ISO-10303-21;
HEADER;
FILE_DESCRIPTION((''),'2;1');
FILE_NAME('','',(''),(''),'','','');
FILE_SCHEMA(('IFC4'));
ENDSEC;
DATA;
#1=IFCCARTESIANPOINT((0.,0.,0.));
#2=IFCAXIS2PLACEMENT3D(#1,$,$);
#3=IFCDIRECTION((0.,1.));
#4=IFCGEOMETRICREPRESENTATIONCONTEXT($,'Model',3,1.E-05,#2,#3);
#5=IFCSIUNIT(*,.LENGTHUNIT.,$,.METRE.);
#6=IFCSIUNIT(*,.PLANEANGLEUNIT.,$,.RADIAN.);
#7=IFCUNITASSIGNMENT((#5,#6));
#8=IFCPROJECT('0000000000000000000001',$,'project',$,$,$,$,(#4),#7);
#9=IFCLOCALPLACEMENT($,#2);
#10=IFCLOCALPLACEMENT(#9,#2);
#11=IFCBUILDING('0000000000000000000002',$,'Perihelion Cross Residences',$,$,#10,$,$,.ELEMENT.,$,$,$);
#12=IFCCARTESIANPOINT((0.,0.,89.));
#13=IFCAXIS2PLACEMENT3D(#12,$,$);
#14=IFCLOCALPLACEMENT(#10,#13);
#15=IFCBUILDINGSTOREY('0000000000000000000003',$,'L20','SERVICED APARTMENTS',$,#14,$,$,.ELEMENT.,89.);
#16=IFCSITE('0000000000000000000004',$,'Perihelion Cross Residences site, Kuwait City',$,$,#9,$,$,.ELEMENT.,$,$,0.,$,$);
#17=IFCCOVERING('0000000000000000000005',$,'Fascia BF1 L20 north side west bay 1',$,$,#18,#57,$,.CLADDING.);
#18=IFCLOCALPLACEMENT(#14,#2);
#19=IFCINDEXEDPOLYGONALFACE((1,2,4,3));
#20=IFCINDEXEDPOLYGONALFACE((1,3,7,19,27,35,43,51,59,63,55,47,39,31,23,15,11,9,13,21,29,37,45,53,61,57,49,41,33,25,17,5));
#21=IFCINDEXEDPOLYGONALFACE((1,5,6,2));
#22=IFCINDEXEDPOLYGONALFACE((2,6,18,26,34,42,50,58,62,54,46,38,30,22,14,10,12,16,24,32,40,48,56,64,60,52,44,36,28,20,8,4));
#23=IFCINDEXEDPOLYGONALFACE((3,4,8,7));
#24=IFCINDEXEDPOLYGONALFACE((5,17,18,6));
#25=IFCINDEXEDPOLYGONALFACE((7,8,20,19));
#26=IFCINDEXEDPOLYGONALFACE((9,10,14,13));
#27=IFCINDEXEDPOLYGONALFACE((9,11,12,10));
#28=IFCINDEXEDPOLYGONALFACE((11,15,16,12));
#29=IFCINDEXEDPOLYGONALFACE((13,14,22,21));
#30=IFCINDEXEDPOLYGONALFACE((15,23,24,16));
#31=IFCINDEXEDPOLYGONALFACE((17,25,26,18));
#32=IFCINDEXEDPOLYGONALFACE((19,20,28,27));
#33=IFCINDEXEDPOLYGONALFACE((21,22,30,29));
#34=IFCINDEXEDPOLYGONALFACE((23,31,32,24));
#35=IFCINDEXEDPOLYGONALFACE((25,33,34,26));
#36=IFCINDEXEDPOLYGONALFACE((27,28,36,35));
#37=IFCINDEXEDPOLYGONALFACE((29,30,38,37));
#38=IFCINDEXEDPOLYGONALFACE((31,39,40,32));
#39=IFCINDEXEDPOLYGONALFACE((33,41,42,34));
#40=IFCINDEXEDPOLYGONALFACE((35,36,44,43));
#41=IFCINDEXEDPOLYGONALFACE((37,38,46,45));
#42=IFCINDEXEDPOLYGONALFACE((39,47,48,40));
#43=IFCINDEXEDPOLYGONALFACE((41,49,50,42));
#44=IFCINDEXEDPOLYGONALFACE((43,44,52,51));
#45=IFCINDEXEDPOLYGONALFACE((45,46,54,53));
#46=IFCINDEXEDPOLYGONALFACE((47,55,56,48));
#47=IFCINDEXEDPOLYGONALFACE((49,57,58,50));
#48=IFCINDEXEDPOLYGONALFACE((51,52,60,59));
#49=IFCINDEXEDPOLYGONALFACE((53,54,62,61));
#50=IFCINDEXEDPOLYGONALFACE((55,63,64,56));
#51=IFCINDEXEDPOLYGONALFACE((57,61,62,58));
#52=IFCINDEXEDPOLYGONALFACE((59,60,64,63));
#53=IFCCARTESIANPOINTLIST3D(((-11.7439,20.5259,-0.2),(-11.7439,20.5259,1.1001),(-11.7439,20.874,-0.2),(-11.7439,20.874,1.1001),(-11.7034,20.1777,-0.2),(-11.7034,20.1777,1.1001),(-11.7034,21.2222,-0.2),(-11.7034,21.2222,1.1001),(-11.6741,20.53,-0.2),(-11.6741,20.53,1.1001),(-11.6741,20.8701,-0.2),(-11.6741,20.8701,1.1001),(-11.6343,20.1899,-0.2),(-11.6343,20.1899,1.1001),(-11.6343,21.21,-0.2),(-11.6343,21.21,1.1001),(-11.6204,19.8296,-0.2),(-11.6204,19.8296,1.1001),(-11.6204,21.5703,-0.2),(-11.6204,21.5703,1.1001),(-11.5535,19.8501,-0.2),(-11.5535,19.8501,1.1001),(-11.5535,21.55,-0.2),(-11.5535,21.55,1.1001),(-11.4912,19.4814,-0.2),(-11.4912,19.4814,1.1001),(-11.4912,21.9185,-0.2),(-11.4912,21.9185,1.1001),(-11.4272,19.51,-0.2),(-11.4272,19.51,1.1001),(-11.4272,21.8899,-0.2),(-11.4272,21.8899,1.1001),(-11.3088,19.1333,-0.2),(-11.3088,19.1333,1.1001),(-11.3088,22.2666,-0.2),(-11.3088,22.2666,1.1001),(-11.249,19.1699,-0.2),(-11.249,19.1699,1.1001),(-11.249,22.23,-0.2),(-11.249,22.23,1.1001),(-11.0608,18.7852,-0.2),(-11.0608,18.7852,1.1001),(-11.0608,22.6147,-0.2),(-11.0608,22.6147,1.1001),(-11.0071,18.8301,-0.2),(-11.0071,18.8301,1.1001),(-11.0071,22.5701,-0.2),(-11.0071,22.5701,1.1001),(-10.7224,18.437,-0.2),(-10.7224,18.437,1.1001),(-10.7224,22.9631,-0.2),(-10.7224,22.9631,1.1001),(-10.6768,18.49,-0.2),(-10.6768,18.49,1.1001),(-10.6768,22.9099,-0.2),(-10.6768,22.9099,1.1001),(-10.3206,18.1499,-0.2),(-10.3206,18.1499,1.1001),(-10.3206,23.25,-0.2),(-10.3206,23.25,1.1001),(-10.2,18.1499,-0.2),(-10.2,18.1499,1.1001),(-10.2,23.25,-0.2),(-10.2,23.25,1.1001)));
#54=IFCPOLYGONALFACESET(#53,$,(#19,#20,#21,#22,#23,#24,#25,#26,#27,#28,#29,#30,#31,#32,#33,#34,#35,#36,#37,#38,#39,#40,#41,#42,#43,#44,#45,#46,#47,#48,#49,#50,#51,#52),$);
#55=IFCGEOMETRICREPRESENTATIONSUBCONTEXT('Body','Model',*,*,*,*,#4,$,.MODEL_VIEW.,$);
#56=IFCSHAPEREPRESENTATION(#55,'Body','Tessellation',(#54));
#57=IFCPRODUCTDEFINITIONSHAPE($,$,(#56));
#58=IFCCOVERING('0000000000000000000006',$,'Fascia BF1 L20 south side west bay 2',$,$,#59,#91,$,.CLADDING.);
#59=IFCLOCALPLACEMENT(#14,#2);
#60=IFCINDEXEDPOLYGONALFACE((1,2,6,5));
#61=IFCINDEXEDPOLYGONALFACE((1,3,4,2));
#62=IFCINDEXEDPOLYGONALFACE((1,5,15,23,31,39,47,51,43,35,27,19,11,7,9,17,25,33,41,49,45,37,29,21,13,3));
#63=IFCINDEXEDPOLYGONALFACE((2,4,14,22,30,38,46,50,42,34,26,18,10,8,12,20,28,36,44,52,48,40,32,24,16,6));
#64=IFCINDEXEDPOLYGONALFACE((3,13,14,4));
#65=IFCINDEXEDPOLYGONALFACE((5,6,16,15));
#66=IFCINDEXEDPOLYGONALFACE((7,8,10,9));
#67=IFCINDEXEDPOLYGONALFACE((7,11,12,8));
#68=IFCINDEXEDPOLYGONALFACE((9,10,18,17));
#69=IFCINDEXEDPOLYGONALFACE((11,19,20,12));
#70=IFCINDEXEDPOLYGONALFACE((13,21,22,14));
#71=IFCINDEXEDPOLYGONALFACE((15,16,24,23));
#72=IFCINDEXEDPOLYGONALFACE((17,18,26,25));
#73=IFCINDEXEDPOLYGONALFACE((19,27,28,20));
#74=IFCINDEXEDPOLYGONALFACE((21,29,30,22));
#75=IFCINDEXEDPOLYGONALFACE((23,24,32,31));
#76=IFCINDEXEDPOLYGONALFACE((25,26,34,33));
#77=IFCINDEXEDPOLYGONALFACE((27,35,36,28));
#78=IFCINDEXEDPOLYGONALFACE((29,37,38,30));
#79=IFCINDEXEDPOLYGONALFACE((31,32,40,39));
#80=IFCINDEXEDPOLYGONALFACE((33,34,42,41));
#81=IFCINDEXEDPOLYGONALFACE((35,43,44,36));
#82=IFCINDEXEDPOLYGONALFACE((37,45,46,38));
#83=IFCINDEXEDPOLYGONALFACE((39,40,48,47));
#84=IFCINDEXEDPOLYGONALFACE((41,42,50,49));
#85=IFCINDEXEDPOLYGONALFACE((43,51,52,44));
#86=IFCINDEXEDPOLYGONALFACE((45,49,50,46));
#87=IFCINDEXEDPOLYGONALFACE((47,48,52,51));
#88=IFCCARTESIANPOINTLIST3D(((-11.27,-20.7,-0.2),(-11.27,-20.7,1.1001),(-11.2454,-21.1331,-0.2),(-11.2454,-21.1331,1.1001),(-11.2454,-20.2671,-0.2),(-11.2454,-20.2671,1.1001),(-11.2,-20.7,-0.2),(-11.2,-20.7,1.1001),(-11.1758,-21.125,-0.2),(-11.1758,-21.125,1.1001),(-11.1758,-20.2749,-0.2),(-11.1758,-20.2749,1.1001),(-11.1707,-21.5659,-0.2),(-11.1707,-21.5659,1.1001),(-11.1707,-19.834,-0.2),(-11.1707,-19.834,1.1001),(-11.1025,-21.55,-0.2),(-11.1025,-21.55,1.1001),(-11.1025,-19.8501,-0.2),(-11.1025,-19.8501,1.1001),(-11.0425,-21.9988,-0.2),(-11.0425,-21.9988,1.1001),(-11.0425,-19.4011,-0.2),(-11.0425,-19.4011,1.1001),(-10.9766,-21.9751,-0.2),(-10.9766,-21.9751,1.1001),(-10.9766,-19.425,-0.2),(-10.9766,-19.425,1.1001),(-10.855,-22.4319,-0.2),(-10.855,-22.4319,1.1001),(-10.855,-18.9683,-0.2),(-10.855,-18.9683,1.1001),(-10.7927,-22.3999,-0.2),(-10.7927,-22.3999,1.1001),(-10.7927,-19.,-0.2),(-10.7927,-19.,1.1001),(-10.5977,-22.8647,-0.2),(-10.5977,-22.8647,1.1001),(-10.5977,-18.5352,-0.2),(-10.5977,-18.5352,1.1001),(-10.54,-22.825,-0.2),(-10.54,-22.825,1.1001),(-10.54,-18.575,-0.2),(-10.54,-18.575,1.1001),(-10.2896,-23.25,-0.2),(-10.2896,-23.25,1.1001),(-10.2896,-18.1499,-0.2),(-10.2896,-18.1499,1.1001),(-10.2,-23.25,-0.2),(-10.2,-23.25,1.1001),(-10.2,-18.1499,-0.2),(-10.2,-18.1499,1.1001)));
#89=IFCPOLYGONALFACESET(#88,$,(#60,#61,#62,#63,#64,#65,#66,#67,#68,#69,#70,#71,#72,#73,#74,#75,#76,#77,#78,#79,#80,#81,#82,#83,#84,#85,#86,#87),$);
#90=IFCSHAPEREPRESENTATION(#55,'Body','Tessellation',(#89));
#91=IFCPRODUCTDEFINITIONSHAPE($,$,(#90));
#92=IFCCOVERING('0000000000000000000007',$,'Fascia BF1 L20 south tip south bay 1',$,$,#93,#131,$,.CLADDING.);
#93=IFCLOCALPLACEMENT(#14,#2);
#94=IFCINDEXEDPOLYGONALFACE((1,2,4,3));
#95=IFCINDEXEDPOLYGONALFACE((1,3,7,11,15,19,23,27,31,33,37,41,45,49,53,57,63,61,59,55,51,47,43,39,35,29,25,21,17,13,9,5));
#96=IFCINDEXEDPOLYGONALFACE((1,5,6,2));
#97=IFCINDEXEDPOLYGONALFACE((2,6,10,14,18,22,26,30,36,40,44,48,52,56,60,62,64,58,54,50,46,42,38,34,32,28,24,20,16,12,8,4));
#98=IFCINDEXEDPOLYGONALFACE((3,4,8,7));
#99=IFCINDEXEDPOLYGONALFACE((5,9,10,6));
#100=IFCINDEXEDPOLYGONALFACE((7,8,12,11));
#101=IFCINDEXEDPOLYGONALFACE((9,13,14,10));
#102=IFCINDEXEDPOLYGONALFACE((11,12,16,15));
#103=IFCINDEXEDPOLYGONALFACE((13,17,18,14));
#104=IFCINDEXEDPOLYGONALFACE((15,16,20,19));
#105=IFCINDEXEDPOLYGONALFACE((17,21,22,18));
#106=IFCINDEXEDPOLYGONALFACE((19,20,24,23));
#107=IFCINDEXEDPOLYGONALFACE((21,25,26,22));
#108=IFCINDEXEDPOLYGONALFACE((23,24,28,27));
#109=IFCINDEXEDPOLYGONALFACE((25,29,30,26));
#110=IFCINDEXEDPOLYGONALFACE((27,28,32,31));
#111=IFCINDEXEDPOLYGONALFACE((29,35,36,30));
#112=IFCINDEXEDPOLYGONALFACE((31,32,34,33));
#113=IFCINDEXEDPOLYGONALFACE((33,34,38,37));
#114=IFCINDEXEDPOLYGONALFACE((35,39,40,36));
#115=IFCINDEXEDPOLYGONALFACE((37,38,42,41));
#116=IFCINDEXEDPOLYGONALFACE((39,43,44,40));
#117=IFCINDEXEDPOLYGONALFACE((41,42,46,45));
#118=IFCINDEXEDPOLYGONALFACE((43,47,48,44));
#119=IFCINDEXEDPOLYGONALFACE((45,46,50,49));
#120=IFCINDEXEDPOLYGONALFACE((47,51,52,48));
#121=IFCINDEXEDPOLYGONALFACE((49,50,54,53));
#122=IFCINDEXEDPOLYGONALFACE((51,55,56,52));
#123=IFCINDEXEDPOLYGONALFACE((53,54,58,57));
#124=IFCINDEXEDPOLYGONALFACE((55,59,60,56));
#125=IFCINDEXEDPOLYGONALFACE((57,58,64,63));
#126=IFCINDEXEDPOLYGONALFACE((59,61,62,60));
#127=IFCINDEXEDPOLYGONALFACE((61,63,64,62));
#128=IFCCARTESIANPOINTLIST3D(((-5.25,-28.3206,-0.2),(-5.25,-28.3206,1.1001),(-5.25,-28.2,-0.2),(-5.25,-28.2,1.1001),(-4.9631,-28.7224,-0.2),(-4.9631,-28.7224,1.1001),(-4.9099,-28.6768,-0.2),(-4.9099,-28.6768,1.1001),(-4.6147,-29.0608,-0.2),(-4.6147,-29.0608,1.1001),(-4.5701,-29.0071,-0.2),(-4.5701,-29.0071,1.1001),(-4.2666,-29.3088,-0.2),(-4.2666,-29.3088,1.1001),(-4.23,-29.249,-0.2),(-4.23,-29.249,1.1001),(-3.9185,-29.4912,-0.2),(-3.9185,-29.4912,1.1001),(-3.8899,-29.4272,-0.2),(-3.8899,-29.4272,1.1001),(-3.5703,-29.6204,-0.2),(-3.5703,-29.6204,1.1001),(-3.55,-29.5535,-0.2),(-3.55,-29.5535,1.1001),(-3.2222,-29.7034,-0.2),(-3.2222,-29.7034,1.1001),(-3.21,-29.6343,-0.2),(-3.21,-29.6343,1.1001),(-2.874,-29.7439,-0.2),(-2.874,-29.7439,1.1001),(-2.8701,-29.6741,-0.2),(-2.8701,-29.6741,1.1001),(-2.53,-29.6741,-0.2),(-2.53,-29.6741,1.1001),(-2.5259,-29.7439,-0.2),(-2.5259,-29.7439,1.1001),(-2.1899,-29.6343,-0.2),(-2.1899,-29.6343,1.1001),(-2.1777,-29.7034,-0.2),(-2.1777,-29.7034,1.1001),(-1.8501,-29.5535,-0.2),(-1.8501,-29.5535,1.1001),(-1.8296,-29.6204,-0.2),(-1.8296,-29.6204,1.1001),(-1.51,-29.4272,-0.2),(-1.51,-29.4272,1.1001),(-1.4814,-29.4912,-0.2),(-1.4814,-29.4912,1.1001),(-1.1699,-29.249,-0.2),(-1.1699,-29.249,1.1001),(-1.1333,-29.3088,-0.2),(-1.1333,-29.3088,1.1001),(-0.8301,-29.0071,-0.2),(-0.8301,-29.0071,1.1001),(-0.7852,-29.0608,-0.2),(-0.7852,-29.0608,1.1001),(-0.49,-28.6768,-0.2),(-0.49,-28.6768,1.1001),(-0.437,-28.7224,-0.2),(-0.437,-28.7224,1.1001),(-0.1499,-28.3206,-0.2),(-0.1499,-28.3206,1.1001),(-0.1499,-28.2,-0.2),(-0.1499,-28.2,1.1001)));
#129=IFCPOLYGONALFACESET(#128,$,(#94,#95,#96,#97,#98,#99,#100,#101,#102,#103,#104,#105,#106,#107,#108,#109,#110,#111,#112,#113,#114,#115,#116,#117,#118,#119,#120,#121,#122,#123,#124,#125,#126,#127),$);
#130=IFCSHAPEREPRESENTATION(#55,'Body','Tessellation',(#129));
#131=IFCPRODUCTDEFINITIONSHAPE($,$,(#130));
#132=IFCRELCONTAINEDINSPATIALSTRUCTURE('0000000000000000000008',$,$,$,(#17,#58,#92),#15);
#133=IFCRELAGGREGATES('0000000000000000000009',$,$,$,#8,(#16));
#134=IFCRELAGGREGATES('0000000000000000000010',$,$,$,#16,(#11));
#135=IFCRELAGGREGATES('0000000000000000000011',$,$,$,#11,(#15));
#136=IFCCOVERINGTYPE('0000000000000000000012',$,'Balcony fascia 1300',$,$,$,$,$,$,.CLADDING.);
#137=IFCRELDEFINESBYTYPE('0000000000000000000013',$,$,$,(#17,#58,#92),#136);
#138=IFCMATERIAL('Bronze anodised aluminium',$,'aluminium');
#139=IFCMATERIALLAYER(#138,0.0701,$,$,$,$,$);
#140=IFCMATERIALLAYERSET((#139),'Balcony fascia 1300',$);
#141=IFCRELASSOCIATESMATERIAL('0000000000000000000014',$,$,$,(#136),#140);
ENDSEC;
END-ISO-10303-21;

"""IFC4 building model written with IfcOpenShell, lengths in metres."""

from ifc_helpers import new_model, si_unit, direction, frame, origin, place, context, subcontext, project, spatial, polyline, outline, extrude, material, layer, layer_set, type_object, element, save


model = new_model("IFC4")

# Units and contexts
model_context = context("Model", 3, precision=1e-05, world=origin(), true_north=direction((0.0, 1.0)))
body_context = subcontext(model_context, "Body", "Model", "MODEL_VIEW")
ifc_project = project(units=[si_unit("LENGTHUNIT", "METRE"), si_unit("PLANEANGLEUNIT", "RADIAN")], contexts=[model_context])

# Site, building, storey
site_placement = place(None, origin())
site = spatial("IfcSite", under=ifc_project, at=site_placement, Name="Perihelion Cross Residences site, Kuwait City", CompositionType="ELEMENT", RefElevation=0.0)
building_placement = place(site_placement, origin())
building = spatial("IfcBuilding", under=site, at=building_placement, Name="Perihelion Cross Residences", CompositionType="ELEMENT")
storey_placement = place(building_placement, frame((0.0, 0.0, 89.0)))
storey = spatial("IfcBuildingStorey", under=building, at=storey_placement, Name="L20", Description="SERVICED APARTMENTS", CompositionType="ELEMENT", Elevation=89.0)

# Coverings
ifc_material_1 = material(Name="Bronze anodised aluminium", Category="aluminium")
ifc_layer_1 = layer(ifc_material_1, 0.0701)
ifc_layer_set_1 = layer_set([ifc_layer_1], Name="Balcony fascia 1300")
covering_type = type_object("IfcCoveringType", Name="Balcony fascia 1300", PredefinedType="CLADDING", material=ifc_layer_set_1)
covering_1_placement = place(storey_placement, frame((0.0, 0.0, -0.2)))
element("IfcCovering", 1, at=covering_1_placement, inside=storey, type_object=covering_type, Name="Fascia BF1 L20 north side west bay 1", PredefinedType="CLADDING", context=body_context, shape_type="SweptSolid", body=[
    extrude(outline(polyline([(-10.7224, 22.9631), (-11.0608, 22.6147), (-11.3088, 22.2666), (-11.4912, 21.9185), (-11.6204, 21.5703), (-11.7034, 21.2222), (-11.7439, 20.874), (-11.7439, 20.5259), (-11.7034, 20.1777), (-11.6204, 19.8296), (-11.4912, 19.4814), (-11.3088, 19.1333), (-11.0608, 18.7852), (-10.7224, 18.437), (-10.3206, 18.1499), (-10.2, 18.1499), (-10.6768, 18.49), (-11.0071, 18.8301), (-11.249, 19.1699), (-11.4272, 19.51), (-11.5535, 19.8501), (-11.6343, 20.1899), (-11.6741, 20.53), (-11.6741, 20.8701), (-11.6343, 21.21), (-11.5535, 21.55), (-11.4272, 21.8899), (-11.249, 22.23), (-11.0071, 22.5701), (-10.6768, 22.9099), (-10.2, 23.25), (-10.3206, 23.25), (-10.7224, 22.9631)])), origin(), (0.0, 0.0, 1.0), 1.3),
])
covering_2_placement = place(storey_placement, frame((0.0, 0.0, -0.2)))
element("IfcCovering", 2, at=covering_2_placement, inside=storey, type_object=covering_type, Name="Fascia BF1 L20 south side west bay 2", PredefinedType="CLADDING", context=body_context, shape_type="SweptSolid", body=[
    extrude(outline(polyline([(-10.5977, -18.5352), (-10.855, -18.9683), (-11.0425, -19.4011), (-11.1707, -19.834), (-11.2454, -20.2671), (-11.27, -20.7), (-11.2454, -21.1331), (-11.1707, -21.5659), (-11.0425, -21.9988), (-10.855, -22.4319), (-10.5977, -22.8647), (-10.2896, -23.25), (-10.2, -23.25), (-10.54, -22.825), (-10.7927, -22.3999), (-10.9766, -21.9751), (-11.1025, -21.55), (-11.1758, -21.125), (-11.2, -20.7), (-11.1758, -20.2749), (-11.1025, -19.8501), (-10.9766, -19.425), (-10.7927, -19.0), (-10.54, -18.575), (-10.2, -18.1499), (-10.2896, -18.1499), (-10.5977, -18.5352)])), origin(), (0.0, 0.0, 1.0), 1.3),
])
covering_3_placement = place(storey_placement, frame((0.0, 0.0, -0.2)))
element("IfcCovering", 3, at=covering_3_placement, inside=storey, type_object=covering_type, Name="Fascia BF1 L20 south tip south bay 1", PredefinedType="CLADDING", context=body_context, shape_type="SweptSolid", body=[
    extrude(outline(polyline([(-4.9631, -28.7224), (-4.6147, -29.0608), (-4.2666, -29.3088), (-3.9185, -29.4912), (-3.5703, -29.6204), (-3.2222, -29.7034), (-2.874, -29.7439), (-2.5259, -29.7439), (-2.1777, -29.7034), (-1.8296, -29.6204), (-1.4814, -29.4912), (-1.1333, -29.3088), (-0.7852, -29.0608), (-0.437, -28.7224), (-0.1499, -28.3206), (-0.1499, -28.2), (-0.49, -28.6768), (-0.8301, -29.0071), (-1.1699, -29.249), (-1.51, -29.4272), (-1.8501, -29.5535), (-2.1899, -29.6343), (-2.53, -29.6741), (-2.8701, -29.6741), (-3.21, -29.6343), (-3.55, -29.5535), (-3.8899, -29.4272), (-4.23, -29.249), (-4.5701, -29.0071), (-4.9099, -28.6768), (-5.25, -28.2), (-5.25, -28.3206), (-4.9631, -28.7224)])), origin(), (0.0, 0.0, 1.0), 1.3),
])

save(model, "model.ifc")
